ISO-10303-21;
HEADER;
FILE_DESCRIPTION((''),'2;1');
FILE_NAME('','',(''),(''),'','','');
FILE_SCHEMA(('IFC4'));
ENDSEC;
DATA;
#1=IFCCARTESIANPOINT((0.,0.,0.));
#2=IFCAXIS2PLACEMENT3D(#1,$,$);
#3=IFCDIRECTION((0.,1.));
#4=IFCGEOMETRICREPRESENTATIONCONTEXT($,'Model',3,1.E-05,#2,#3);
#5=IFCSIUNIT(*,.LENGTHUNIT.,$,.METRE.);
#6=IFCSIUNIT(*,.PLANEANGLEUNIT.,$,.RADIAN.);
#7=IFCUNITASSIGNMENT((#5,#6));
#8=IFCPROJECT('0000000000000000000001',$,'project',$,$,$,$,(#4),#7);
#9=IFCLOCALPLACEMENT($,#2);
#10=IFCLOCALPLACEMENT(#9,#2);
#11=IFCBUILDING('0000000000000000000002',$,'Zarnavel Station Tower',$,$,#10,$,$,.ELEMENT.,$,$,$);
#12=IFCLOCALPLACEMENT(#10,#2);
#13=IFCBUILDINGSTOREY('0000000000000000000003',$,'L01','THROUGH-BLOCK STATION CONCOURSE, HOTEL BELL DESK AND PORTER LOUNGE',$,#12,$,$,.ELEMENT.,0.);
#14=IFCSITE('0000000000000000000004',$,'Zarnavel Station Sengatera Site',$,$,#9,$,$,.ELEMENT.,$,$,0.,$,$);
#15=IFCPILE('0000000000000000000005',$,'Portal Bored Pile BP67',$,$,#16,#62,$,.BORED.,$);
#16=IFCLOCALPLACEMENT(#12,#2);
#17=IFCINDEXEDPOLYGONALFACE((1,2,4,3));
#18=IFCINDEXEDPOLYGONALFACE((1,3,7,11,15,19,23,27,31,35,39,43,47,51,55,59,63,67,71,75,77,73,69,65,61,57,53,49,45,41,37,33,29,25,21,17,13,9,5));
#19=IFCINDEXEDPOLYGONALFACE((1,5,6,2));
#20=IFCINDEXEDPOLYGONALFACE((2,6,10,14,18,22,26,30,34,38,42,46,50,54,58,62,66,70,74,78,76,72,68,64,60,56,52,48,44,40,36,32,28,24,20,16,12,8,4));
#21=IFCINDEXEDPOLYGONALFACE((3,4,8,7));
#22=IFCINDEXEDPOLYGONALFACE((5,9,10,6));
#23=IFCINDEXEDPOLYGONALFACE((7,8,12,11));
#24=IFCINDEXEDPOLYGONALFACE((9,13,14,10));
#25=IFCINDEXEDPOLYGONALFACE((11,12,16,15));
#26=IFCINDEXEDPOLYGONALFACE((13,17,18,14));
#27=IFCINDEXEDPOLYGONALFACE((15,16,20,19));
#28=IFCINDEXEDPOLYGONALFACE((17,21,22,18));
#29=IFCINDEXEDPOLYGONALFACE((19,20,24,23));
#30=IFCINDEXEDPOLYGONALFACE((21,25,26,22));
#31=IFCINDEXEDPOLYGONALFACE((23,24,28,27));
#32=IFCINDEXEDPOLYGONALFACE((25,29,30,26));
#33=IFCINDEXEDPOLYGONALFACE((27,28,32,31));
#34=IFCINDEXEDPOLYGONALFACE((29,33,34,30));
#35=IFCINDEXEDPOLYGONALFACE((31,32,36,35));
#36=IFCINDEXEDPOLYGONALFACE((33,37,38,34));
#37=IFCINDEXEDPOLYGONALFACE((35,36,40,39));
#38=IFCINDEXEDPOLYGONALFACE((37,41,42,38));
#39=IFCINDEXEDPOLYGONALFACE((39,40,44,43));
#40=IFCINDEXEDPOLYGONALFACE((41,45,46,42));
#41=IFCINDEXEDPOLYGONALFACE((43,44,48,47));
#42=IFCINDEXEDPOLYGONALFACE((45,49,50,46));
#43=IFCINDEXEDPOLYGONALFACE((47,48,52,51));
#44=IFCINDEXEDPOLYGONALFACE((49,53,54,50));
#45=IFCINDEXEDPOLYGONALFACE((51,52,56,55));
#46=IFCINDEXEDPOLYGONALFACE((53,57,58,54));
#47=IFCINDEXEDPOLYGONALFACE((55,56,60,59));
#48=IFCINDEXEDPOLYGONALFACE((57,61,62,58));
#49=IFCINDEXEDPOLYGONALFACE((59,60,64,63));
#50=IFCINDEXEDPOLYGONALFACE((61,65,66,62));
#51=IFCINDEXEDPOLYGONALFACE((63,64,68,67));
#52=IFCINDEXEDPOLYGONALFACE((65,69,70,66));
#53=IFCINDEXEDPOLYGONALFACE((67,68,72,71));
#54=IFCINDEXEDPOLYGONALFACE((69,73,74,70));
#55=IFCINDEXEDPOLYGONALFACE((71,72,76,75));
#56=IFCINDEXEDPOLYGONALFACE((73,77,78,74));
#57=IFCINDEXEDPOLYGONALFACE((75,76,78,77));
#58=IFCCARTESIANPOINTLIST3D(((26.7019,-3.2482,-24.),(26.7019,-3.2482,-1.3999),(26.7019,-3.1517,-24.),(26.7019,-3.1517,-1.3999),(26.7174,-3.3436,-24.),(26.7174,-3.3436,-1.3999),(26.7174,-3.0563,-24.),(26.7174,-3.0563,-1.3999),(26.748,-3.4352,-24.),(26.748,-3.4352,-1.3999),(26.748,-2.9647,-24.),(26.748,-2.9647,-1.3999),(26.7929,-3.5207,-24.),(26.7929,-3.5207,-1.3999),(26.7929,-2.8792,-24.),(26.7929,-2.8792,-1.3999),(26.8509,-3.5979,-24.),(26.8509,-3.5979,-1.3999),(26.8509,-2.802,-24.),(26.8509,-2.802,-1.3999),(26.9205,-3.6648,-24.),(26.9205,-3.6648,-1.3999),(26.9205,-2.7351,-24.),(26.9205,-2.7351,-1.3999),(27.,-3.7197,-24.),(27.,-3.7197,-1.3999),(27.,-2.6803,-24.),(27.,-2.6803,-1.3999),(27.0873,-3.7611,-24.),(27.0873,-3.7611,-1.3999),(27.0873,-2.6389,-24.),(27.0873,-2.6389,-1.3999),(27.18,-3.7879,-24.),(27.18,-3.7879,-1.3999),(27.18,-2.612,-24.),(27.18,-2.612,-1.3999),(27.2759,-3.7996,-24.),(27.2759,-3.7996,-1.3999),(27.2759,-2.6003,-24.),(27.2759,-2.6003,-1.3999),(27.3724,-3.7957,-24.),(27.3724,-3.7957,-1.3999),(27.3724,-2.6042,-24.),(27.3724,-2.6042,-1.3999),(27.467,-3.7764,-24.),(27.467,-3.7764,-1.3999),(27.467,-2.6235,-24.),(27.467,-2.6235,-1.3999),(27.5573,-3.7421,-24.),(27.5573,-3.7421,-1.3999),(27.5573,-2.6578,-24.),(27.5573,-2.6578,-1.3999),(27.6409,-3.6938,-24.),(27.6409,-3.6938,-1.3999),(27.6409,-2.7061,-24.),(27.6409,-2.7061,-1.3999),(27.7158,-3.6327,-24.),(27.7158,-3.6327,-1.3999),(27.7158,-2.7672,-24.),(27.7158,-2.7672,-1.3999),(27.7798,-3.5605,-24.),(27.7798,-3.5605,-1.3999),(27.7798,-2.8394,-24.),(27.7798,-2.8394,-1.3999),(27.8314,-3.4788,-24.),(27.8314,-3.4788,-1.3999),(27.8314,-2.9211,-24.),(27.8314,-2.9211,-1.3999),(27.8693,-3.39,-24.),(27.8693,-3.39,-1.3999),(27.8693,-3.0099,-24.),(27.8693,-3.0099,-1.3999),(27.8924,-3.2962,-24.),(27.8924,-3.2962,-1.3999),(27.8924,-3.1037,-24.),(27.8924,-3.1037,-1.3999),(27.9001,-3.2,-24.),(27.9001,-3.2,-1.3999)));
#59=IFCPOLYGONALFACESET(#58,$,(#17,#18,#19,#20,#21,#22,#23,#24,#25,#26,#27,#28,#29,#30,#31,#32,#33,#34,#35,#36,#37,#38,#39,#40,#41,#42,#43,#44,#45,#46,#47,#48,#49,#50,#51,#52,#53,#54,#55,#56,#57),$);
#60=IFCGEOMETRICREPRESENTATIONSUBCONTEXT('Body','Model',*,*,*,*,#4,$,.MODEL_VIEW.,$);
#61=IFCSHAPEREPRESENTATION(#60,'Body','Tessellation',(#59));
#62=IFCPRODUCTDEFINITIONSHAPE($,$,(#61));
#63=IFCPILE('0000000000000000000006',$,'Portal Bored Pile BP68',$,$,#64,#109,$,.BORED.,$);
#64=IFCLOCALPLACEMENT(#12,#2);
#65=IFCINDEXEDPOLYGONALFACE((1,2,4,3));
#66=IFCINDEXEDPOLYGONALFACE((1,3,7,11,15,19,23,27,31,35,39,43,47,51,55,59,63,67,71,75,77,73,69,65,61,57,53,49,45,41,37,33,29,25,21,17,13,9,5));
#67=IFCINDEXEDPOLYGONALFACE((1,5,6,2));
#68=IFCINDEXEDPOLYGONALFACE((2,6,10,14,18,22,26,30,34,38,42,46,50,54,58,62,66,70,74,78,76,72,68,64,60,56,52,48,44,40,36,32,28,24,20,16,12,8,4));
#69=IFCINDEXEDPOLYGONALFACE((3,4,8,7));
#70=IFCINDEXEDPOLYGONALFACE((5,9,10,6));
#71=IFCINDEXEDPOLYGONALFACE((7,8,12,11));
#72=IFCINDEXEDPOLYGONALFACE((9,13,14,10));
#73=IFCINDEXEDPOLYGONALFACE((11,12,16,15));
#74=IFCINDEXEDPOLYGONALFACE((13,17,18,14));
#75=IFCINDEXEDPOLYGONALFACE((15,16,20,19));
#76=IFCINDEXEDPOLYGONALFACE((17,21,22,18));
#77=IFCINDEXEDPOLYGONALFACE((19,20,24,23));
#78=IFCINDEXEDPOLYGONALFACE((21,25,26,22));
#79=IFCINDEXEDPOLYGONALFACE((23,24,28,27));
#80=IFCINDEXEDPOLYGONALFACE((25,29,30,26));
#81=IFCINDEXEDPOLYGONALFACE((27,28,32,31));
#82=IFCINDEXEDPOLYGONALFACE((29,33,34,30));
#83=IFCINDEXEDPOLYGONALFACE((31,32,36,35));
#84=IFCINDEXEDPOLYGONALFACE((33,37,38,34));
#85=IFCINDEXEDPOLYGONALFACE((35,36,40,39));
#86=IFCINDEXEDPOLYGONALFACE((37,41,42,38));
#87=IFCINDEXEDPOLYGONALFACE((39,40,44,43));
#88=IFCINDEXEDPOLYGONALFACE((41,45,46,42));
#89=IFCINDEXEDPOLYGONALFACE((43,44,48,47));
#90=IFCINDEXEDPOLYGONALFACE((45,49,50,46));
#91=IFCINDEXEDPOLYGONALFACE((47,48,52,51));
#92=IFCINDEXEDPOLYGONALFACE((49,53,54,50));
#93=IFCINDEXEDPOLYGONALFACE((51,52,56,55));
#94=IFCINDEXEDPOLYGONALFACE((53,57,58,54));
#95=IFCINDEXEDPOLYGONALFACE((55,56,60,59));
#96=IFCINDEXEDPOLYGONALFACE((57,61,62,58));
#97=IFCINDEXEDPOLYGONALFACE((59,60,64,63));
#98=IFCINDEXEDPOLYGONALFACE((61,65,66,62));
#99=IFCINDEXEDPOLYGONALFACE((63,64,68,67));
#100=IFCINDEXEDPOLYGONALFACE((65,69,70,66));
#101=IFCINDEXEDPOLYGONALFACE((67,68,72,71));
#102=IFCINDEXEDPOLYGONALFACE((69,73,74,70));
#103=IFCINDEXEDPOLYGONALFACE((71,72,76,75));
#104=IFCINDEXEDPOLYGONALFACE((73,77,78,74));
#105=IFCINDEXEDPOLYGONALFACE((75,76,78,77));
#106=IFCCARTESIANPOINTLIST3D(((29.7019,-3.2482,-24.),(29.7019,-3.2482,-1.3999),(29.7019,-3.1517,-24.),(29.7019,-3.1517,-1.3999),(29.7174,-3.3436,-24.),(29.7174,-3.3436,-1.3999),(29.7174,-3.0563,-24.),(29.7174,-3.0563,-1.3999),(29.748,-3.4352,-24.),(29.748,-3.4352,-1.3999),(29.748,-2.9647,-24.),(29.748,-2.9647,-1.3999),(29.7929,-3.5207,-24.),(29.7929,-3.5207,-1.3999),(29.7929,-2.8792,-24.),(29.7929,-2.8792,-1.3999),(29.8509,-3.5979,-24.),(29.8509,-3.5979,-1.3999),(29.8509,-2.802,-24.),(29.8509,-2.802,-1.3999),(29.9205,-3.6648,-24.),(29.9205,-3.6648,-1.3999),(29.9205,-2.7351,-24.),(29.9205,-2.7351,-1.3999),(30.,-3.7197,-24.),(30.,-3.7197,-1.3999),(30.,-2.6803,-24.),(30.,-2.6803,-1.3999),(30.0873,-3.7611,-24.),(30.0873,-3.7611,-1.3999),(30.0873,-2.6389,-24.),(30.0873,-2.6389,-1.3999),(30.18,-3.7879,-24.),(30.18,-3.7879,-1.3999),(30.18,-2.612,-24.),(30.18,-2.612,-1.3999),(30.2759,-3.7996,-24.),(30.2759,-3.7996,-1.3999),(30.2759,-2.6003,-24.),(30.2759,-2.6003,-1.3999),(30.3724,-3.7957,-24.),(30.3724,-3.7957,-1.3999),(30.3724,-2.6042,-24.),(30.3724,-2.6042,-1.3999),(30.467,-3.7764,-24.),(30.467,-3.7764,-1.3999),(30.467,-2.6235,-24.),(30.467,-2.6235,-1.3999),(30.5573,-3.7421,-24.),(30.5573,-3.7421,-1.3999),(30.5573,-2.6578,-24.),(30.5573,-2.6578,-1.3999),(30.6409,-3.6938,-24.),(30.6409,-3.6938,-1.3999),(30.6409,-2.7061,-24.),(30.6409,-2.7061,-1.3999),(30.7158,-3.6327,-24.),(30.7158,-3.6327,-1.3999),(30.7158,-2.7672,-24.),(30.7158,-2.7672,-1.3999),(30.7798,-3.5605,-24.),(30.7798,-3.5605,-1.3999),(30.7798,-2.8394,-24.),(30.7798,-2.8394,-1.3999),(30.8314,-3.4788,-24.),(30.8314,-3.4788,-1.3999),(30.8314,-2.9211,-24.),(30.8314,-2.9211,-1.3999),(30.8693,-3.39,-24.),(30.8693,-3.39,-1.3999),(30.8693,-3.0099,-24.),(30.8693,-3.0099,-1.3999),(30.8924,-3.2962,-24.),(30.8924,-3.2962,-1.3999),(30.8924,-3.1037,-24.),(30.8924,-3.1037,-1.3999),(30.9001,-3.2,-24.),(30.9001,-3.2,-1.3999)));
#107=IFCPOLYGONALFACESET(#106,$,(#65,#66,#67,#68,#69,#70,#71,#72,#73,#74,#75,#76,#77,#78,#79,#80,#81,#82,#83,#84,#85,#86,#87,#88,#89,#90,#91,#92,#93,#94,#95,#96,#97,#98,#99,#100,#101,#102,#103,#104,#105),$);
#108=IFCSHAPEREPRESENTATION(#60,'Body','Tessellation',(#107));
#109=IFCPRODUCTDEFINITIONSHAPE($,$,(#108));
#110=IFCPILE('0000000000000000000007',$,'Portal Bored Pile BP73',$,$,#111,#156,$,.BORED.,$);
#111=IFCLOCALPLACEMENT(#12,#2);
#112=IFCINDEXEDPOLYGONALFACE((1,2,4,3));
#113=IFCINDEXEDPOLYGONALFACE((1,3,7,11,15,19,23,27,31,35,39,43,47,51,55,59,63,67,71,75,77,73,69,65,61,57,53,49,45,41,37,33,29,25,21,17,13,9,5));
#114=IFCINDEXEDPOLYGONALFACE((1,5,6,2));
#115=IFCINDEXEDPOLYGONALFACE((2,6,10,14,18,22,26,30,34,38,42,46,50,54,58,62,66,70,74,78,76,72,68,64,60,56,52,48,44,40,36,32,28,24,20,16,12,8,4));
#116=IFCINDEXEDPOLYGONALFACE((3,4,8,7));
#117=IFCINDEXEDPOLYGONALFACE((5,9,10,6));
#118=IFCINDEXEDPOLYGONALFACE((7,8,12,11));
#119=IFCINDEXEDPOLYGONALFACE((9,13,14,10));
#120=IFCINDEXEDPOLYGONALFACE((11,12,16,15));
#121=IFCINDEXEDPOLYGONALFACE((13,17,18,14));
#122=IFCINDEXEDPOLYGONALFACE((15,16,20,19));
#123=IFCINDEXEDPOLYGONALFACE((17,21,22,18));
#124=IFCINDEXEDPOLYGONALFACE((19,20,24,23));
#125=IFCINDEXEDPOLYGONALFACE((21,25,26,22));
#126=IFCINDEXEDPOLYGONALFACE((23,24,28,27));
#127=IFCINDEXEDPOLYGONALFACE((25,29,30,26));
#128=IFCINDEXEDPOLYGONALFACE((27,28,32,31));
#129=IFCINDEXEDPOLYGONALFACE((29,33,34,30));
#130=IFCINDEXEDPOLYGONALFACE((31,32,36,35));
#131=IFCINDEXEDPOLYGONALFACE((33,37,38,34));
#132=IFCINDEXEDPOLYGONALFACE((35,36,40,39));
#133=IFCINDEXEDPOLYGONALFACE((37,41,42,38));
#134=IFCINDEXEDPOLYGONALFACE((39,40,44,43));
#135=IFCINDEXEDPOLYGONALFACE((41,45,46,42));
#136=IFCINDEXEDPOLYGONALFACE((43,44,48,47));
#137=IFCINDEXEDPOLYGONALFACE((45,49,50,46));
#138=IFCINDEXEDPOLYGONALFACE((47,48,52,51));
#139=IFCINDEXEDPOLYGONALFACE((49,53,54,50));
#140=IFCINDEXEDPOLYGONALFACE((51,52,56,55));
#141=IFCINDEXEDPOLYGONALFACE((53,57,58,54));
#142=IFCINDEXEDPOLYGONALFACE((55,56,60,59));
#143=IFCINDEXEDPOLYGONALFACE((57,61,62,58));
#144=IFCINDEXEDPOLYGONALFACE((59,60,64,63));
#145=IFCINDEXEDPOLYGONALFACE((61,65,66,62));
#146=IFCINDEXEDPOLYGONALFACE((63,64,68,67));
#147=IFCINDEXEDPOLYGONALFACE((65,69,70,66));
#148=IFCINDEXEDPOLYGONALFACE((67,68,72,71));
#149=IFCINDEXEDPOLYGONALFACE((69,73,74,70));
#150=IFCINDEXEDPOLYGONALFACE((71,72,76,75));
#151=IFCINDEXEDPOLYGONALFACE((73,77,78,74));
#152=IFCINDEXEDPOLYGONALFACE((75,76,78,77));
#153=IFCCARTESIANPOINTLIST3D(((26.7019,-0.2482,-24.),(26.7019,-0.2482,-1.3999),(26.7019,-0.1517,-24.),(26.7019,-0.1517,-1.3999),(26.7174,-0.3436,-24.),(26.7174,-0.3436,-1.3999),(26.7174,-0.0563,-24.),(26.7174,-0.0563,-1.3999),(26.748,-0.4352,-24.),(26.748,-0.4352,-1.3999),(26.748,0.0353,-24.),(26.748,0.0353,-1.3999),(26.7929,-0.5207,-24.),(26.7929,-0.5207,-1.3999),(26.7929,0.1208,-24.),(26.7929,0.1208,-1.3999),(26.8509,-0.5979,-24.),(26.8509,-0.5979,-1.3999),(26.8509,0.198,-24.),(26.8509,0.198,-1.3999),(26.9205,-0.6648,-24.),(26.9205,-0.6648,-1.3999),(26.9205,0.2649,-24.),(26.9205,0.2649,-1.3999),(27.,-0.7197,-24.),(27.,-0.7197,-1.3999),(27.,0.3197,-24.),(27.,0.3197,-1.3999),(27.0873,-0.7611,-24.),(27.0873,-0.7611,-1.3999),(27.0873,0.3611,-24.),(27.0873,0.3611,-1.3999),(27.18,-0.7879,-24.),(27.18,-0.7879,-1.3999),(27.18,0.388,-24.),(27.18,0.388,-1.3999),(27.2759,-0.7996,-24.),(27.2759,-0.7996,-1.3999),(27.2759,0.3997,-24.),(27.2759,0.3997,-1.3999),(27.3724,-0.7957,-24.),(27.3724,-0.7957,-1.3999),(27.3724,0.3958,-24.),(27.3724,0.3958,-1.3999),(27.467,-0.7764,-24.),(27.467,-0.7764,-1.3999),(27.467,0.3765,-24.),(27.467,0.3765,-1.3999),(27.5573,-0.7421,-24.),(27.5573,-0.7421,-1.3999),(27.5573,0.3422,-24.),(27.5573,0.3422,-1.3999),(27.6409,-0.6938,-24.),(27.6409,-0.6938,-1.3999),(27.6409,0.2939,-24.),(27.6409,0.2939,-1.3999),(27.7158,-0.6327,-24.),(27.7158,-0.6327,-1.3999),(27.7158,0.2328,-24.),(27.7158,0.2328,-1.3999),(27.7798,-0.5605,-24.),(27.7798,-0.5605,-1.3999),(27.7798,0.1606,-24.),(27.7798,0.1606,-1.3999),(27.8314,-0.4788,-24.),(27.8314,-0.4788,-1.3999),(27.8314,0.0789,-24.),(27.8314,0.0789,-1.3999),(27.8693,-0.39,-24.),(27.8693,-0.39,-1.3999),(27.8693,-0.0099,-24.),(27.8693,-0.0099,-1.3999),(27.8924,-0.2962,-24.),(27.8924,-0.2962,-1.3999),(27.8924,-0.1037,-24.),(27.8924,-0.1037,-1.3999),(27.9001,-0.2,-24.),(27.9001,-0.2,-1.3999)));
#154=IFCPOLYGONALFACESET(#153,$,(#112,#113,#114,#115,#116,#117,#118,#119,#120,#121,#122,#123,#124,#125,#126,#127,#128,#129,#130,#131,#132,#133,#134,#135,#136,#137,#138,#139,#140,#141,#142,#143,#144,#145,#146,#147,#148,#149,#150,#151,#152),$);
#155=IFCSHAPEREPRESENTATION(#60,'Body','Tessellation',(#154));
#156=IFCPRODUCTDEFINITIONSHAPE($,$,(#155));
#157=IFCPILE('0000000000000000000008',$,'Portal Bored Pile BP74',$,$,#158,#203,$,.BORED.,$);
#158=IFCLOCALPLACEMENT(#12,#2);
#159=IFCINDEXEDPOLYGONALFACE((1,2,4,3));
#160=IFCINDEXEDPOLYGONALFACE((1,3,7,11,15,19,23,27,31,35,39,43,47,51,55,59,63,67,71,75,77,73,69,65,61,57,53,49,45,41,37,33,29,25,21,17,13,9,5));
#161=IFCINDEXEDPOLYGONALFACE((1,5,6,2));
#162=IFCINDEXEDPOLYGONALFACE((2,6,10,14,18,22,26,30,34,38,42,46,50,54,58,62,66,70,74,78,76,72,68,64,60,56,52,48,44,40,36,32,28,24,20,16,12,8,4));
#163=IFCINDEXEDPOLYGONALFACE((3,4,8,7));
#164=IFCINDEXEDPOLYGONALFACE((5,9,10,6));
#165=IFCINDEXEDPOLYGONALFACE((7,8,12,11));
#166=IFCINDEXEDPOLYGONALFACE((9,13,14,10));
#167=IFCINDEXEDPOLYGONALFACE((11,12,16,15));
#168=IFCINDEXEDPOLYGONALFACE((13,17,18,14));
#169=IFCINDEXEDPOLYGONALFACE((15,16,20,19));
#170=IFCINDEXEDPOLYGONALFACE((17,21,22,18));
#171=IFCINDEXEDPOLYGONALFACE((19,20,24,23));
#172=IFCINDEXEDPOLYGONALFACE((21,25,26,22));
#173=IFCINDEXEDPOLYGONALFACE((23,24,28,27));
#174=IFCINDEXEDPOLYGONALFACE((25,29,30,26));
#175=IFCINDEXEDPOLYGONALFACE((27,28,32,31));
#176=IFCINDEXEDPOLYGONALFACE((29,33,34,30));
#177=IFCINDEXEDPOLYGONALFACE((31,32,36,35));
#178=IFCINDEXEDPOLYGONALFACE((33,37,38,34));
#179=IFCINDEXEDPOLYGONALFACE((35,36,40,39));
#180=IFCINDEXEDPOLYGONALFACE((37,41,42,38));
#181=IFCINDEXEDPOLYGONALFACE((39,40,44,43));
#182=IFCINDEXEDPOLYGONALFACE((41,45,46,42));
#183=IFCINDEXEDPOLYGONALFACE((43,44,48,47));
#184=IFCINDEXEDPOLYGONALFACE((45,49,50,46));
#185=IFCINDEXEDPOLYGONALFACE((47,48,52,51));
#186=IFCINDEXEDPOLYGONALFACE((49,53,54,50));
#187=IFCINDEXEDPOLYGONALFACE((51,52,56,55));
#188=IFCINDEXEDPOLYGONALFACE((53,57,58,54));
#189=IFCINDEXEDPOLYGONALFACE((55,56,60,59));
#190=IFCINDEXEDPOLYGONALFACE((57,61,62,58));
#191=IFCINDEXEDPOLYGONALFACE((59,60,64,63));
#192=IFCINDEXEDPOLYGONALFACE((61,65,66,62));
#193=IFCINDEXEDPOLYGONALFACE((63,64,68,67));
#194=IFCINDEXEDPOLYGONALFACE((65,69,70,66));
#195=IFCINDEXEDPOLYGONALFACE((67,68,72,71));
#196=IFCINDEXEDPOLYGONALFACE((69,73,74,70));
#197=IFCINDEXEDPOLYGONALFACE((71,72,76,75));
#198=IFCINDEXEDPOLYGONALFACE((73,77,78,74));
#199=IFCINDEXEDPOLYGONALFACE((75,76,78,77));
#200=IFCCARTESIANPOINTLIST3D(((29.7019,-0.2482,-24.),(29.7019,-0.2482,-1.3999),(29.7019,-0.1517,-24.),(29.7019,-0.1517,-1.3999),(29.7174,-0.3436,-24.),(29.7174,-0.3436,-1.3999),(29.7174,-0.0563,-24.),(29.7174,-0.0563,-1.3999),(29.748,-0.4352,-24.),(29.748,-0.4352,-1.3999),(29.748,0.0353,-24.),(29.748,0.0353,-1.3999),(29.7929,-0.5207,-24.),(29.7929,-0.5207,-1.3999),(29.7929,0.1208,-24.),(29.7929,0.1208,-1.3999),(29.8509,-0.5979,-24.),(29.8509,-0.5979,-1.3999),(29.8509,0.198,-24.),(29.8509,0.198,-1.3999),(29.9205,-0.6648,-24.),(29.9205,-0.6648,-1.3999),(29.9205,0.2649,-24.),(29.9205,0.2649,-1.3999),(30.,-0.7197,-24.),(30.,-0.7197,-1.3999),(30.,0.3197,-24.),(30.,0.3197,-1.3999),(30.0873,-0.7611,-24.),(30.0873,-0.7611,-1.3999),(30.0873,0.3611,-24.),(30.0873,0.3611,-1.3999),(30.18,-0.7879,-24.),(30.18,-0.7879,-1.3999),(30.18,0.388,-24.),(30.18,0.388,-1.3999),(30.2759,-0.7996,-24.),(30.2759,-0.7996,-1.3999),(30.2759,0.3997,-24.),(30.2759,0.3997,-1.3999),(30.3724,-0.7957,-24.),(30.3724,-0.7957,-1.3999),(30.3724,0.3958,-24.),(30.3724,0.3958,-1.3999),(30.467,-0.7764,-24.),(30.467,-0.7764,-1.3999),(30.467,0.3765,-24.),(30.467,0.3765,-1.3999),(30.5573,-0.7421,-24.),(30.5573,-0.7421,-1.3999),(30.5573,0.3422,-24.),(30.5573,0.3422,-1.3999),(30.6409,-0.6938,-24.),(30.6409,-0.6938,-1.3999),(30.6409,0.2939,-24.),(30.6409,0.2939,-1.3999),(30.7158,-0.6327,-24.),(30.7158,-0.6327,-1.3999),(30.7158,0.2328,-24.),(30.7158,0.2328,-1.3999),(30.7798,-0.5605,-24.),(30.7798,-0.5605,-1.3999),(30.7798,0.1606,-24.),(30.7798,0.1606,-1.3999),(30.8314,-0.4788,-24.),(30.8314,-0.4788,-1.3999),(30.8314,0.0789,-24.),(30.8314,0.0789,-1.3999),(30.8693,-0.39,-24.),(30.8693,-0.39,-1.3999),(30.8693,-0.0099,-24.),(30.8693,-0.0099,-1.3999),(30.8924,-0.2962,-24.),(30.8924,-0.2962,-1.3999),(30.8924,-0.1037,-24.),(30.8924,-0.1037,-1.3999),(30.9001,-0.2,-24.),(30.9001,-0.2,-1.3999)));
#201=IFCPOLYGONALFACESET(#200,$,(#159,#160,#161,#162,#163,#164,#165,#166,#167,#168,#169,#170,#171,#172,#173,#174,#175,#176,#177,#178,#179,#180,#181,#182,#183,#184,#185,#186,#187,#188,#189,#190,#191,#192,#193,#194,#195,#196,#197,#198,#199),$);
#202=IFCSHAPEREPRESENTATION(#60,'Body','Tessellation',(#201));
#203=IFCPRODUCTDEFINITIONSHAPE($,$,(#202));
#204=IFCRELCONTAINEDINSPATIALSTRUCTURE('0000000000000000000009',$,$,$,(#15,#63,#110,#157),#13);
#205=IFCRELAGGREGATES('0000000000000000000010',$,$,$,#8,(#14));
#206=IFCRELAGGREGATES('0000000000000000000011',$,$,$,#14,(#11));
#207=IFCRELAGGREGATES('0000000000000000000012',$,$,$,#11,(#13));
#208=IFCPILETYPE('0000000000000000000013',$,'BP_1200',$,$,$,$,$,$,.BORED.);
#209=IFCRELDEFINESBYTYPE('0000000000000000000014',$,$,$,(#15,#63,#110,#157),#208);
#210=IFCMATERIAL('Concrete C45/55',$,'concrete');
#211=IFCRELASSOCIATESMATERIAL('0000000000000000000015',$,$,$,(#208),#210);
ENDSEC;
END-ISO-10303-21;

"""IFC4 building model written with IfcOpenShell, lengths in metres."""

from ifc_helpers import new_model, si_unit, direction, frame, origin, origin_2d, place, context, subcontext, project, spatial, circle, extrude, material, material_profile, profile_set, type_object, element, save


model = new_model("IFC4")

# Units and contexts
model_context = context("Model", 3, precision=1e-05, world=origin(), true_north=direction((0.0, 1.0)))
body_context = subcontext(model_context, "Body", "Model", "MODEL_VIEW")
ifc_project = project(units=[si_unit("LENGTHUNIT", "METRE"), si_unit("PLANEANGLEUNIT", "RADIAN")], contexts=[model_context])

# Site, building, storey
site_placement = place(None, origin())
site = spatial("IfcSite", under=ifc_project, at=site_placement, Name="Zarnavel Station Sengatera Site", CompositionType="ELEMENT", RefElevation=0.0)
building_placement = place(site_placement, origin())
building = spatial("IfcBuilding", under=site, at=building_placement, Name="Zarnavel Station Tower", CompositionType="ELEMENT")
storey_placement = place(building_placement, origin())
storey = spatial("IfcBuildingStorey", under=building, at=storey_placement, Name="L01", Description="THROUGH-BLOCK STATION CONCOURSE, HOTEL BELL DESK AND PORTER LOUNGE", CompositionType="ELEMENT", Elevation=0.0)

# Piles
ifc_material_1 = material(Name="Concrete C45/55", Category="concrete")
ifc_material_profile_1 = material_profile(ifc_material_1, circle(Radius=0.6001, at=origin_2d()), Name="RCCOL1200")
ifc_profile_set_1 = profile_set([ifc_material_profile_1], Name="Concrete C45/55")
pile_type = type_object("IfcPileType", Name="BP_1200", PredefinedType="BORED", material=ifc_profile_set_1)
for number, where, z_axis, x_axis, name in (
    (1, (27.3, -3.2, -1.3999), (0.0, 0.0, -1.0), (1.0, 0.0, 0.0), "Portal Bored Pile BP67"),
    (2, (30.3, -3.2, -1.3999), (0.0, 0.0, -1.0), (1.0, 0.0, 0.0), "Portal Bored Pile BP68"),
    (3, (27.3, -0.2, -1.3999), (0.0, 0.0, -1.0), (1.0, 0.0, 0.0), "Portal Bored Pile BP73"),
    (4, (30.3, -0.2, -1.3999), (0.0, 0.0, -1.0), (1.0, 0.0, 0.0), "Portal Bored Pile BP74"),
):
    element("IfcPile", number, at=place(storey_placement, frame(where, z_axis=z_axis, x_axis=x_axis)), inside=storey, type_object=pile_type, Name=name, PredefinedType="BORED", context=body_context, shape_type="SweptSolid", body=[
        extrude(circle(Radius=0.6001, at=origin_2d()), origin(), (0.0, 0.0, 1.0), 22.6001),
    ])

save(model, "model.ifc")
